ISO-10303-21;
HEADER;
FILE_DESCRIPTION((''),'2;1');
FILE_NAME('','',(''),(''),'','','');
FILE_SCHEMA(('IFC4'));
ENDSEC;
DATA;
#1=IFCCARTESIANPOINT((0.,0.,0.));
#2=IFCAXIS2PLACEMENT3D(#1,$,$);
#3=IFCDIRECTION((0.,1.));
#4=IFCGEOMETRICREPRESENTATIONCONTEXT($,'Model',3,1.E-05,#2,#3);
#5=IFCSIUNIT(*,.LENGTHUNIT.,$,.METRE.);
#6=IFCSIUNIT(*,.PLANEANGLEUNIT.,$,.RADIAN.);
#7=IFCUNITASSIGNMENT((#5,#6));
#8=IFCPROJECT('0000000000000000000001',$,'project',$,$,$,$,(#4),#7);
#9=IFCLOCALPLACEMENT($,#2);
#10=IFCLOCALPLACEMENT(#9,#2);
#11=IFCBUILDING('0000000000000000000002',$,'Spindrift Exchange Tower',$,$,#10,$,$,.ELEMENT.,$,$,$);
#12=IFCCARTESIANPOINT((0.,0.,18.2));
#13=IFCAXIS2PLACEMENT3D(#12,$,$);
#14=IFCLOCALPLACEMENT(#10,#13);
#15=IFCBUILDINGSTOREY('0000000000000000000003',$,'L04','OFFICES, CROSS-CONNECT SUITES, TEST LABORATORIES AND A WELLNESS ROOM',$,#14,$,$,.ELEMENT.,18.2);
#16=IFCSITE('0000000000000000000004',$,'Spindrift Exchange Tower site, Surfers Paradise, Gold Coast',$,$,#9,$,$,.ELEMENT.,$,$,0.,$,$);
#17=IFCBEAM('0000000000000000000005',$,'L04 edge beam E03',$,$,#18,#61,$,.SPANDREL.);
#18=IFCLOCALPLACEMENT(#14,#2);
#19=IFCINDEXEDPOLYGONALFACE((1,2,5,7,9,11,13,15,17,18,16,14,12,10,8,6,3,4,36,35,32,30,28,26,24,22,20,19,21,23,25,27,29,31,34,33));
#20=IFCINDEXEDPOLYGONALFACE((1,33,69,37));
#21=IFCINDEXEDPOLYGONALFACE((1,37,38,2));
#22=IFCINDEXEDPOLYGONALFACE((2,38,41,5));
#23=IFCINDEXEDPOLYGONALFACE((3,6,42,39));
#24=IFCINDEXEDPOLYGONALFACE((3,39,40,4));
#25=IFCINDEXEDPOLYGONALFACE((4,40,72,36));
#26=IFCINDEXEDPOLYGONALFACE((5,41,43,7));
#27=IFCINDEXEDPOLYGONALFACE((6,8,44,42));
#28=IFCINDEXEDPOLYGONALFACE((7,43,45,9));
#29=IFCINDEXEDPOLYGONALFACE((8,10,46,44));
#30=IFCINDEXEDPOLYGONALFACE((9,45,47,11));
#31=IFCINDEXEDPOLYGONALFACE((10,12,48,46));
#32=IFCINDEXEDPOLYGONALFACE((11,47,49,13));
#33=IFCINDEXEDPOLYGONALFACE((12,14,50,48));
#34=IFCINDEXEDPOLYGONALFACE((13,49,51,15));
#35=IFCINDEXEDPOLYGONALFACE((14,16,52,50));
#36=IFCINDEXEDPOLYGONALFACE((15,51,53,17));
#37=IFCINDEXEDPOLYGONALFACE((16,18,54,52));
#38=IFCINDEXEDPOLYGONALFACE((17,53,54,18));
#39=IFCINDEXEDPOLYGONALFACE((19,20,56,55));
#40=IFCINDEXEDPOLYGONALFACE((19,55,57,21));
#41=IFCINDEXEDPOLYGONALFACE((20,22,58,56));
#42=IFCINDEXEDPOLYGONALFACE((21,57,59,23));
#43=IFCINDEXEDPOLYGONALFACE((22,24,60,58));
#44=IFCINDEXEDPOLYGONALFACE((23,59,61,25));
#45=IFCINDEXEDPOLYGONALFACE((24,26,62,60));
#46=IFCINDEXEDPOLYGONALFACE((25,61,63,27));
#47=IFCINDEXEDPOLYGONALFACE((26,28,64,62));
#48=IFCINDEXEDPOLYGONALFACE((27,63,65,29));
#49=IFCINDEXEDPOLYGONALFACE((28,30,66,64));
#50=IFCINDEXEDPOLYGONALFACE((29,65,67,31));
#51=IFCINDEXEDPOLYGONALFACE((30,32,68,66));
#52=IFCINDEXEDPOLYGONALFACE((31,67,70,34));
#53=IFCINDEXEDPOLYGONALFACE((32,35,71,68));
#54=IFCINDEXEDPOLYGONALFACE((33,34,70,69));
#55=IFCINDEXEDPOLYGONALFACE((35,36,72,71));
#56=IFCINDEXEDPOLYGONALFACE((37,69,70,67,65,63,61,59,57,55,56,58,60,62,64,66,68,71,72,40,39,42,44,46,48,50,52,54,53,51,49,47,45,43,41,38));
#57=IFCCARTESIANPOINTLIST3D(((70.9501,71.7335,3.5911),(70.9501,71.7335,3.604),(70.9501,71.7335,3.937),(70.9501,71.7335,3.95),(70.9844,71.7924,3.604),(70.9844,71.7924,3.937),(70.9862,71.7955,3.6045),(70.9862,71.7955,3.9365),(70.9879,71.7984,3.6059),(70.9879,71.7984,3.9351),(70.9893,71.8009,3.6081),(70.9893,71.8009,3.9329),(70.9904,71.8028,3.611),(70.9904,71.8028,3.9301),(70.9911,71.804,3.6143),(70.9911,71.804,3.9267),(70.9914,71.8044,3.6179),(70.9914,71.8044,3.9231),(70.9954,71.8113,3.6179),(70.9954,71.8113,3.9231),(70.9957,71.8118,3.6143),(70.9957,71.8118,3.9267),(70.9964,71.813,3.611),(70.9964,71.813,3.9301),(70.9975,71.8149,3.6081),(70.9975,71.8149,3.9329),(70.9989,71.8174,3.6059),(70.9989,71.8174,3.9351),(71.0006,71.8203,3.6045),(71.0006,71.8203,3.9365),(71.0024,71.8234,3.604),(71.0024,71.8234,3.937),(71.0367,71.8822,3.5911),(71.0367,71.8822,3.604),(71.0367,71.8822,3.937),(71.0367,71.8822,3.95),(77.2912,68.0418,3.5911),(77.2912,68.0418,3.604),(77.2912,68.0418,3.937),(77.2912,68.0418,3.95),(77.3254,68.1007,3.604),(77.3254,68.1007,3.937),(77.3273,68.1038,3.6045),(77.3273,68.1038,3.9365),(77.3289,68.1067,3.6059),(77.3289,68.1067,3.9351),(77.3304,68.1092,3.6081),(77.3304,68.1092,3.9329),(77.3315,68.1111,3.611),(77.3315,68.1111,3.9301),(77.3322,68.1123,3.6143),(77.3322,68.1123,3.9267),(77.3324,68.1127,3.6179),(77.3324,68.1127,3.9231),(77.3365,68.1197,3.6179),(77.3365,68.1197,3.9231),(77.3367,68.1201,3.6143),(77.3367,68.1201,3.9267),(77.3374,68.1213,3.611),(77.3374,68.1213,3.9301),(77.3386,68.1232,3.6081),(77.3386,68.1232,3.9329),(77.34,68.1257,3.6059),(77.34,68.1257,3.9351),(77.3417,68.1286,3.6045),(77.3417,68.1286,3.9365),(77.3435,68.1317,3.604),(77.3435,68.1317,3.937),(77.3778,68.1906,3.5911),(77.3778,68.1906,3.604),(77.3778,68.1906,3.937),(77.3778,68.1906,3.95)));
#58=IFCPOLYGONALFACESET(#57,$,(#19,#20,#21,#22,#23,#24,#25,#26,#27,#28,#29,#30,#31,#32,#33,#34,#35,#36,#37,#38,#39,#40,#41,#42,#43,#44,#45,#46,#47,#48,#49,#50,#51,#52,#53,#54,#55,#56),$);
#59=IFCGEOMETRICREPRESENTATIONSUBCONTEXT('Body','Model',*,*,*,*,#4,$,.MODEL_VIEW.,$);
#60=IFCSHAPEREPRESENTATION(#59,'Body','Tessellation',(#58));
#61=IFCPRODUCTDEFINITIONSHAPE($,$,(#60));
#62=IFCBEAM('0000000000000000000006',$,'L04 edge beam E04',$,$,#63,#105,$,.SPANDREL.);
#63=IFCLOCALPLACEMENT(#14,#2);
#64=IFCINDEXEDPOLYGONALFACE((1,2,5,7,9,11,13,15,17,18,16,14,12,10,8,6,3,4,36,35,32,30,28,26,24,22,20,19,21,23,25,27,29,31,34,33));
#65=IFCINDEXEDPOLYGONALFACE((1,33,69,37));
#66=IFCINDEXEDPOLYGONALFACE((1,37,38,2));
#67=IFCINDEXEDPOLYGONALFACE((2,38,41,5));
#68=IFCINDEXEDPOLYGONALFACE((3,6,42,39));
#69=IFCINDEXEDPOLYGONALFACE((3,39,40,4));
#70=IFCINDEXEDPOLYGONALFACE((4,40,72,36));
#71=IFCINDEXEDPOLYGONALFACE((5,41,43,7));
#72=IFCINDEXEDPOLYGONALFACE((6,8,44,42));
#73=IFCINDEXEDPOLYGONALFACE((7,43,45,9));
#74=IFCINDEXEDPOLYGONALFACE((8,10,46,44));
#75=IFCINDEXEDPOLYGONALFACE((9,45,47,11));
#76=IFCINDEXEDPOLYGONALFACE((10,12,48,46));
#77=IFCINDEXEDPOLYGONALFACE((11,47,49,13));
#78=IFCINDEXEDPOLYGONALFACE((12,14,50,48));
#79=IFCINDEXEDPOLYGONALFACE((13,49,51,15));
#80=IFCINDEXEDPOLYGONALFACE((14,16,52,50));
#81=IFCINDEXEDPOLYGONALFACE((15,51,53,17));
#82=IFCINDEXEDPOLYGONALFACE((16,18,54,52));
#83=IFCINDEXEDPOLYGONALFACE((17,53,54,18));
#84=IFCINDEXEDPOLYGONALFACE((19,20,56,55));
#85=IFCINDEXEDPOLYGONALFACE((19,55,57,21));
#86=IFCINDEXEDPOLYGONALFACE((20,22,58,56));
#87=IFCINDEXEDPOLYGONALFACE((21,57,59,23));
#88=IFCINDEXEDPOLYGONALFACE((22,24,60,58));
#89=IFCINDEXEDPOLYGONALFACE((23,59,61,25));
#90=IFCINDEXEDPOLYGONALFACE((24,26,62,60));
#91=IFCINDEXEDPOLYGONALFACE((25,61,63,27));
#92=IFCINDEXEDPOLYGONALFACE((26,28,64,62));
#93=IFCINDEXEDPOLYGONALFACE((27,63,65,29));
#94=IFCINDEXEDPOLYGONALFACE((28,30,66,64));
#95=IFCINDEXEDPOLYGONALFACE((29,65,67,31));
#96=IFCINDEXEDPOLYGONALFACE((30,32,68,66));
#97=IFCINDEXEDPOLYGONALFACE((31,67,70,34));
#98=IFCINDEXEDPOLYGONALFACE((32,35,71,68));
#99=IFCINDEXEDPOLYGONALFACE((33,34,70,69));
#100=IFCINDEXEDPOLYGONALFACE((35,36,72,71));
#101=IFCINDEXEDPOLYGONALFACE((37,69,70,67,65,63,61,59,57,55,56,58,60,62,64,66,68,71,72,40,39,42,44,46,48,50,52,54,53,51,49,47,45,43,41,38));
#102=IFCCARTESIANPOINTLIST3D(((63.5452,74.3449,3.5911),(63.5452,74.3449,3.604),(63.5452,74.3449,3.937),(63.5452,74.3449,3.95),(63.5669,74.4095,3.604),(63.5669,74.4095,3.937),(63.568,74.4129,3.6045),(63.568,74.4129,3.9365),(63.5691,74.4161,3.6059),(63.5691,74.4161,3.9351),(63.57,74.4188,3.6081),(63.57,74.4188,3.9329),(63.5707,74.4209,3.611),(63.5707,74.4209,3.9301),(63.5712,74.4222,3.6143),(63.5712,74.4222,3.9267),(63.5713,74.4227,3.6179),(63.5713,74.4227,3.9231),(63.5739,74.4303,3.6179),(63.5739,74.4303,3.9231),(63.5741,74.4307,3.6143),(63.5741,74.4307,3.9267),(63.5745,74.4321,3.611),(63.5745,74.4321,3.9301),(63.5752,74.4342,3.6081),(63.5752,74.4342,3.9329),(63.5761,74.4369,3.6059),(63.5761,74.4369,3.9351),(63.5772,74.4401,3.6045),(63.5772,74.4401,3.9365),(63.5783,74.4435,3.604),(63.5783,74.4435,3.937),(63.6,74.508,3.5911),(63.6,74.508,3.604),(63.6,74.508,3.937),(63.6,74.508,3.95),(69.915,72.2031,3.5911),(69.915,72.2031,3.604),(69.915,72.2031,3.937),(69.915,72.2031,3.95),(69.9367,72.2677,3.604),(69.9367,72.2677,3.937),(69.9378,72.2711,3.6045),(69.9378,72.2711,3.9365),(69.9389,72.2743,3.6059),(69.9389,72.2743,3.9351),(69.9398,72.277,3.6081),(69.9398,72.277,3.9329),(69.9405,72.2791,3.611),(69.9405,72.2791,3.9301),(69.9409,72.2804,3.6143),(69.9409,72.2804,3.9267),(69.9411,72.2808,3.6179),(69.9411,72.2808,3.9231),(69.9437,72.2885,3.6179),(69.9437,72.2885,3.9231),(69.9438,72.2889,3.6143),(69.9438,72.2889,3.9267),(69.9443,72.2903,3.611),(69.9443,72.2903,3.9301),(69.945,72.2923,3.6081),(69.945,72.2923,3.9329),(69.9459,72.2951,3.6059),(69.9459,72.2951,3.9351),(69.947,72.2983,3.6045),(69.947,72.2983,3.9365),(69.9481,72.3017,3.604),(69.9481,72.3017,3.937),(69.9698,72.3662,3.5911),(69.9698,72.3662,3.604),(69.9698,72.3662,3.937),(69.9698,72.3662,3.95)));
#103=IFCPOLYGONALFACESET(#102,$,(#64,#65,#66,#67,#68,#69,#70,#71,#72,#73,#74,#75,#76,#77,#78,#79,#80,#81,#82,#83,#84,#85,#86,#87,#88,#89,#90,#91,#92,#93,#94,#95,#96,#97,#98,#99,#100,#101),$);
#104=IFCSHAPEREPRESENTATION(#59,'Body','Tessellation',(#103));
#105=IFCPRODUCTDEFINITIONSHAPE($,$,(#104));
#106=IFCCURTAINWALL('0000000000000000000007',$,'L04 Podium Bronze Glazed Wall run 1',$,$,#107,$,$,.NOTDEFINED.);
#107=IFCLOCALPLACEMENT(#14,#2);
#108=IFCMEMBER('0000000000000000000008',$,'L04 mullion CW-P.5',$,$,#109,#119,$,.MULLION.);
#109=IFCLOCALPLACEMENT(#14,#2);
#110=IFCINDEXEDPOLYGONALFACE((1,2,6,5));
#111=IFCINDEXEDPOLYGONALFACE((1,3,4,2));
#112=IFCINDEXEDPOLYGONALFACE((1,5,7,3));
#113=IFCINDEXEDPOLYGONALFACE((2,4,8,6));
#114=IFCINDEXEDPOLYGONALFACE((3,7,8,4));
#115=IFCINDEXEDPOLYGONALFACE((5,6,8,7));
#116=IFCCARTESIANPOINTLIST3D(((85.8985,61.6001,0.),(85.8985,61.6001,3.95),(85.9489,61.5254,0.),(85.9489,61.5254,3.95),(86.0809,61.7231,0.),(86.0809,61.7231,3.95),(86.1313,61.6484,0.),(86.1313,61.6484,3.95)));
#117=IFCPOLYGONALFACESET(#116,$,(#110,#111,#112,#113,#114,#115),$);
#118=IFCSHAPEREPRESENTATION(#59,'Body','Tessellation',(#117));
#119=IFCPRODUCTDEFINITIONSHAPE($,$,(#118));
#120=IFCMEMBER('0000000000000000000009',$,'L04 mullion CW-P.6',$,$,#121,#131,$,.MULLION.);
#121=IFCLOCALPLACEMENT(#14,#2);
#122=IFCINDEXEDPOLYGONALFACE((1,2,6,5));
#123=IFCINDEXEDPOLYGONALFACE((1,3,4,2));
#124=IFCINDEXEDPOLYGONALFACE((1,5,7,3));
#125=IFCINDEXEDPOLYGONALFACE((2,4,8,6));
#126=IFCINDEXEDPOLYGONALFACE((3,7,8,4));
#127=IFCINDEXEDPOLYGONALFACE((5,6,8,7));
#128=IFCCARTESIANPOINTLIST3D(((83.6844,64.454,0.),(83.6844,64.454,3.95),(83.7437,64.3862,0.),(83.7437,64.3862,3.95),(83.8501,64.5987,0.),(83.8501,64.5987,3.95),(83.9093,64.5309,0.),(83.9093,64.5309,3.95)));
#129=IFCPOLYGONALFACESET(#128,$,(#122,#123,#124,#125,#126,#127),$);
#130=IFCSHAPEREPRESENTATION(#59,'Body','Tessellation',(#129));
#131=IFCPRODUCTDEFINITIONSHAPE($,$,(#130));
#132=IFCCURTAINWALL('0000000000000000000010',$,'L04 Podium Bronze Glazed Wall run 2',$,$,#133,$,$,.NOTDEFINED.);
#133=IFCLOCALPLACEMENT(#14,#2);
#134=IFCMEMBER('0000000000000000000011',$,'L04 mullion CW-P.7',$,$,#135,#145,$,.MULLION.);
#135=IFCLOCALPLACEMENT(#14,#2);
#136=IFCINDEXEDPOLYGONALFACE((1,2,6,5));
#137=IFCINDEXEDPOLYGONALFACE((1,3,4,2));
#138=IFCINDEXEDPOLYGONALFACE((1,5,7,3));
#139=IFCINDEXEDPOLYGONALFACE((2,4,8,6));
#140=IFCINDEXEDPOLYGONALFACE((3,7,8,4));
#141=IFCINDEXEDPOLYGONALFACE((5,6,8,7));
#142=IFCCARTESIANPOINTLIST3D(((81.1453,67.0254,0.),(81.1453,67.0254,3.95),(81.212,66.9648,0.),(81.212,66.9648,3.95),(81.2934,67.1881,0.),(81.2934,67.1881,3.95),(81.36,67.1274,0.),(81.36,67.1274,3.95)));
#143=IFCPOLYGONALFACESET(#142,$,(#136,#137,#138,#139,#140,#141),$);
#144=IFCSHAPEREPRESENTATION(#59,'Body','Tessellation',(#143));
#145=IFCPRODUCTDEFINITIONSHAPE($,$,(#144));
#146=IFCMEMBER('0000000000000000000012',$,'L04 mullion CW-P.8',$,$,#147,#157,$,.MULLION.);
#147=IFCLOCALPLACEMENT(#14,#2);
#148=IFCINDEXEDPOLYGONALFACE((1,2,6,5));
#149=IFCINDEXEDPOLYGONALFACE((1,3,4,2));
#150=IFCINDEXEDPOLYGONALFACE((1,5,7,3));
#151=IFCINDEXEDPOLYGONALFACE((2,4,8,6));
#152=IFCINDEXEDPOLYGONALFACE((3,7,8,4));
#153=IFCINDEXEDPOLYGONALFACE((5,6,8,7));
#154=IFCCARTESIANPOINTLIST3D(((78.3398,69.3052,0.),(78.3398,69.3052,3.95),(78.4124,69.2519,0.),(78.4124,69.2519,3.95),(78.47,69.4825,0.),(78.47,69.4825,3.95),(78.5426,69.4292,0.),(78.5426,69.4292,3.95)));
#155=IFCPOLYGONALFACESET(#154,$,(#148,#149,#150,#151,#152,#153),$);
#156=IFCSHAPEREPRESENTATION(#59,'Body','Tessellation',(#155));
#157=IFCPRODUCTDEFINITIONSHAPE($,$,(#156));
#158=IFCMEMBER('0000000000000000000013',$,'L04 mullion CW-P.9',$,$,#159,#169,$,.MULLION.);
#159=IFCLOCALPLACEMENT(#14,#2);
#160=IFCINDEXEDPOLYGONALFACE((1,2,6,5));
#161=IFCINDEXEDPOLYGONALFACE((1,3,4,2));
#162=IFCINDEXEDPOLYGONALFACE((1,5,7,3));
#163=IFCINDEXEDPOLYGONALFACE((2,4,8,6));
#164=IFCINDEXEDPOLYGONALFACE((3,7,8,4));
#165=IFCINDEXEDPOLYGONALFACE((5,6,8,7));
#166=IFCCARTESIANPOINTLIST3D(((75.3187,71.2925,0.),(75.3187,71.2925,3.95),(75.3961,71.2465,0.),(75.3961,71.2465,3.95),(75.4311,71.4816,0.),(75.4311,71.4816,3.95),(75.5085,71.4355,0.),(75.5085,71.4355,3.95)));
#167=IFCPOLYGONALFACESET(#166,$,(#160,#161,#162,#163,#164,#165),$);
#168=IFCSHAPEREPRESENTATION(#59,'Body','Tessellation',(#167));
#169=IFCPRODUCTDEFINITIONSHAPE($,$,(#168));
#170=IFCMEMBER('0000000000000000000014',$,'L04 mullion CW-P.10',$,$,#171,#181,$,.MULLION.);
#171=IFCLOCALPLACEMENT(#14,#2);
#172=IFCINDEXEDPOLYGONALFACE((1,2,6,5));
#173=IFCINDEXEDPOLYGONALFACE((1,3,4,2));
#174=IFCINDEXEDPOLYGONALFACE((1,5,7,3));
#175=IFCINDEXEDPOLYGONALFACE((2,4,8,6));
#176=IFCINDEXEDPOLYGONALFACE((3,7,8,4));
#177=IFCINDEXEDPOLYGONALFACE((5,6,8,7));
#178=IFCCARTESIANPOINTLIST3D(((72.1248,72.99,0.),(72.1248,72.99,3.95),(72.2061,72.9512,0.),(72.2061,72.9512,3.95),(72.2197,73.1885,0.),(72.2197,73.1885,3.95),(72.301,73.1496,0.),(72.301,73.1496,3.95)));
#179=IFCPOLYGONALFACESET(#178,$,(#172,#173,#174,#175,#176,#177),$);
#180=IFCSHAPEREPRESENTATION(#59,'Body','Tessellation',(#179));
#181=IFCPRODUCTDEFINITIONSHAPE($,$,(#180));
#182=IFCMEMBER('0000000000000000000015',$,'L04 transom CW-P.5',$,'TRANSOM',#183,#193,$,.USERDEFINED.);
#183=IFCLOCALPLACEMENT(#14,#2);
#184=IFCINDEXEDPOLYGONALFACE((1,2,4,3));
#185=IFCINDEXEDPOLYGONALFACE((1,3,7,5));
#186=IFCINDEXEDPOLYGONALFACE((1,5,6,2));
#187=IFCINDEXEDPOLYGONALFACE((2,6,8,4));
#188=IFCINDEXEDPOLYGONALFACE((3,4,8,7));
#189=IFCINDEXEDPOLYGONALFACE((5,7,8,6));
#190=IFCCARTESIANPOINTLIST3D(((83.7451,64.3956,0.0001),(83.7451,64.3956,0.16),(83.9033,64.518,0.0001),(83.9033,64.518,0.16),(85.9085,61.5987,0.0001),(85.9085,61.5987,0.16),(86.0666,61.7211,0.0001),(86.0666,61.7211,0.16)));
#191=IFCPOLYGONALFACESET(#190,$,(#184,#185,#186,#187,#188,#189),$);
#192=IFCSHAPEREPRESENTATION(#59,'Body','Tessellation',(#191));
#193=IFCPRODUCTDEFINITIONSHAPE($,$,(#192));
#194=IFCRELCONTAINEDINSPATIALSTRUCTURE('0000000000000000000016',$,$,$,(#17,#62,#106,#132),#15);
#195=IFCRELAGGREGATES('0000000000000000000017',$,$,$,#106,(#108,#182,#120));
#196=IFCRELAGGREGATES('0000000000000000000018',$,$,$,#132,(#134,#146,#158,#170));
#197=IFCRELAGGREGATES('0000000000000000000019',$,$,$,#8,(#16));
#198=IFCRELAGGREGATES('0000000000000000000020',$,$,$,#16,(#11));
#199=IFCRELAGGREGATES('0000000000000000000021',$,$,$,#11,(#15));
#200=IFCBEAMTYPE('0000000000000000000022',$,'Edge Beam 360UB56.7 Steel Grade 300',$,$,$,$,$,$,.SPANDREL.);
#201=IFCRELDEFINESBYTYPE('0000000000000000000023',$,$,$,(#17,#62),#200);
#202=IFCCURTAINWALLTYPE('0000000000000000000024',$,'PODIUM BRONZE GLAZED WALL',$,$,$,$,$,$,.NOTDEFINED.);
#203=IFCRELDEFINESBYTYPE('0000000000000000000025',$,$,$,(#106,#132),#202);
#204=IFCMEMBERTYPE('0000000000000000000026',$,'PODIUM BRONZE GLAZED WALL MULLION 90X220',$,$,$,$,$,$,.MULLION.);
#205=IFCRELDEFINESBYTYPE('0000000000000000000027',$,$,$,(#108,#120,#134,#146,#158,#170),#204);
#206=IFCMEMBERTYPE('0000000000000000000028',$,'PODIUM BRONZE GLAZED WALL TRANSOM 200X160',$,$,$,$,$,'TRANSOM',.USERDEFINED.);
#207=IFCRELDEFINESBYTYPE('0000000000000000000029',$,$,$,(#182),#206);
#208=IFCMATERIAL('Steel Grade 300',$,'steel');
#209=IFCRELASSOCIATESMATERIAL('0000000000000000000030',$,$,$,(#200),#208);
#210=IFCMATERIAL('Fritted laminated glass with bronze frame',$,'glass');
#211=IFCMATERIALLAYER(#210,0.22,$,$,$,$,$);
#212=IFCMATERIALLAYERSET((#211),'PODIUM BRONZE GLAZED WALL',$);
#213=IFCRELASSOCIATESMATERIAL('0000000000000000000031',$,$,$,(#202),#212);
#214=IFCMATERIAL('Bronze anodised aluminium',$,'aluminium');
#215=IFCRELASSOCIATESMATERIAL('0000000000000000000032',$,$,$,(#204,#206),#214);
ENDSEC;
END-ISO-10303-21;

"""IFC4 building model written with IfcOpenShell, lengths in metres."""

from ifc_helpers import new_model, si_unit, direction, frame, origin, origin_2d, place, context, subcontext, project, spatial, rectangle, i_section, extrude, source, transform, mapped, material, layer, layer_set, material_profile, profile_set, type_object, element, aggregate, save


model = new_model("IFC4")

# Units and contexts
model_context = context("Model", 3, precision=1e-05, world=origin(), true_north=direction((0.0, 1.0)))
body_context = subcontext(model_context, "Body", "Model", "MODEL_VIEW")
ifc_project = project(units=[si_unit("LENGTHUNIT", "METRE"), si_unit("PLANEANGLEUNIT", "RADIAN")], contexts=[model_context])

# Site, building, storey
site_placement = place(None, origin())
site = spatial("IfcSite", under=ifc_project, at=site_placement, Name="Spindrift Exchange Tower site, Surfers Paradise, Gold Coast", CompositionType="ELEMENT", RefElevation=0.0)
building_placement = place(site_placement, origin())
building = spatial("IfcBuilding", under=site, at=building_placement, Name="Spindrift Exchange Tower", CompositionType="ELEMENT")
storey_placement = place(building_placement, frame((0.0, 0.0, 18.2)))
storey = spatial("IfcBuildingStorey", under=building, at=storey_placement, Name="L04", Description="OFFICES, CROSS-CONNECT SUITES, TEST LABORATORIES AND A WELLNESS ROOM", CompositionType="ELEMENT", Elevation=18.2)

# Beams
ifc_material_1 = material(Name="Steel Grade 300", Category="steel")
ifc_material_profile_1 = material_profile(ifc_material_1, i_section(OverallWidth=0.1721, OverallDepth=0.3589, WebThickness=0.0081, FlangeThickness=0.0129, FilletRadius=0.0139, at=origin_2d()), Name="360UB56.7")
ifc_profile_set_1 = profile_set([ifc_material_profile_1], Name="Steel Grade 300")
beam_type_1 = type_object("IfcBeamType", Name="Edge Beam 360UB56.7 Steel Grade 300", PredefinedType="SPANDREL", material=ifc_profile_set_1)
shared_shape_1 = source(origin(), body_context, "Body", "SweptSolid", [
    extrude(i_section(OverallWidth=0.1721, OverallDepth=0.3589, WebThickness=0.0081, FlangeThickness=0.0129, FilletRadius=0.0139, at=origin_2d()), origin(), (0.0, 0.0, 1.0), 7.3374),
])
beam_1_placement = place(storey_placement, frame((77.3345, 68.1162, 3.7705), z_axis=(-0.864212, 0.503128, 0.0), x_axis=(-0.503128, -0.864212, 0.0)))
element("IfcBeam", 1, at=beam_1_placement, inside=storey, type_object=beam_type_1, Name="L04 edge beam E03", PredefinedType="SPANDREL", context=body_context, shape_type="MappedRepresentation", body=[
    mapped(shared_shape_1, transform((0.0, 0.0, 0.0), scale=1.0)),
])
shared_shape_2 = source(origin(), body_context, "Body", "SweptSolid", [
    extrude(i_section(OverallWidth=0.1721, OverallDepth=0.3589, WebThickness=0.0081, FlangeThickness=0.0129, FilletRadius=0.0139, at=origin_2d()), origin(), (0.0, 0.0, 1.0), 6.7202),
])
beam_2_placement = place(storey_placement, frame((69.9424, 72.2847, 3.7705), z_axis=(-0.947852, 0.318712, 0.0), x_axis=(-0.318712, -0.947852, 0.0)))
element("IfcBeam", 2, at=beam_2_placement, inside=storey, type_object=beam_type_1, Name="L04 edge beam E04", PredefinedType="SPANDREL", context=body_context, shape_type="MappedRepresentation", body=[
    mapped(shared_shape_2, transform((0.0, 0.0, 0.0), scale=1.0)),
])

# Curtain walls, members
ifc_material_2 = material(Name="Fritted laminated glass with bronze frame", Category="glass")
ifc_layer_1 = layer(ifc_material_2, 0.22)
ifc_layer_set_1 = layer_set([ifc_layer_1], Name="PODIUM BRONZE GLAZED WALL")
curtain_wall_type = type_object("IfcCurtainWallType", Name="PODIUM BRONZE GLAZED WALL", PredefinedType="NOTDEFINED", material=ifc_layer_set_1)
curtain_wall_1_placement = place(storey_placement, origin())
curtain_wall_1 = element("IfcCurtainWall", 3, at=curtain_wall_1_placement, inside=storey, type_object=curtain_wall_type, Name="L04 Podium Bronze Glazed Wall run 1", PredefinedType="NOTDEFINED")
ifc_material_3 = material(Name="Bronze anodised aluminium", Category="aluminium")
ifc_material_profile_2 = material_profile(ifc_material_3, rectangle(XDim=0.0901, YDim=0.22, at=origin_2d()), Name="PODIUM BRONZE GLAZED WALL MULLION 90X220")
ifc_profile_set_2 = profile_set([ifc_material_profile_2], Name="Bronze anodised aluminium")
member_type_1 = type_object("IfcMemberType", Name="PODIUM BRONZE GLAZED WALL MULLION 90X220", PredefinedType="MULLION", material=ifc_profile_set_2)
shared_shape_3 = source(origin(), body_context, "Body", "SweptSolid", [
    extrude(rectangle(XDim=0.0901, YDim=0.22, at=origin_2d()), origin(), (0.0, 0.0, 1.0), 3.95),
])
member_1_placement = place(storey_placement, frame((86.0149, 61.6243, 0.0), z_axis=(0.0, 0.0, 1.0), x_axis=(-0.559039, 0.829141, 0.0)))
member_1 = element("IfcMember", 4, at=member_1_placement, type_object=member_type_1, Name="L04 mullion CW-P.5", PredefinedType="MULLION", context=body_context, shape_type="MappedRepresentation", body=[
    mapped(shared_shape_3, transform((0.0, 0.0, 0.0), scale=1.0)),
])
member_2_placement = place(storey_placement, frame((83.7969, 64.4924, 0.0), z_axis=(0.0, 0.0, 1.0), x_axis=(-0.657862, 0.753139, 0.0)))
member_2 = element("IfcMember", 5, at=member_2_placement, type_object=member_type_1, Name="L04 mullion CW-P.6", PredefinedType="MULLION", context=body_context, shape_type="MappedRepresentation", body=[
    mapped(shared_shape_3, transform((0.0, 0.0, 0.0), scale=1.0)),
])
curtain_wall_2_placement = place(storey_placement, origin())
curtain_wall_2 = element("IfcCurtainWall", 6, at=curtain_wall_2_placement, inside=storey, type_object=curtain_wall_type, Name="L04 Podium Bronze Glazed Wall run 2", PredefinedType="NOTDEFINED")
member_3_placement = place(storey_placement, frame((81.2527, 67.0764, 0.0), z_axis=(0.0, 0.0, 1.0), x_axis=(-0.739528, 0.673126, 0.0)))
member_3 = element("IfcMember", 7, at=member_3_placement, type_object=member_type_1, Name="L04 mullion CW-P.7", PredefinedType="MULLION", context=body_context, shape_type="MappedRepresentation", body=[
    mapped(shared_shape_3, transform((0.0, 0.0, 0.0), scale=1.0)),
])
member_4_placement = place(storey_placement, frame((78.4412, 69.3672, 0.0), z_axis=(0.0, 0.0, 1.0), x_axis=(-0.806035, 0.591868, 0.0)))
member_4 = element("IfcMember", 8, at=member_4_placement, type_object=member_type_1, Name="L04 mullion CW-P.8", PredefinedType="MULLION", context=body_context, shape_type="MappedRepresentation", body=[
    mapped(shared_shape_3, transform((0.0, 0.0, 0.0), scale=1.0)),
])
member_5_placement = place(storey_placement, frame((75.4136, 71.364, 0.0), z_axis=(0.0, 0.0, 1.0), x_axis=(-0.859577, 0.511007, 0.0)))
member_5 = element("IfcMember", 9, at=member_5_placement, type_object=member_type_1, Name="L04 mullion CW-P.9", PredefinedType="MULLION", context=body_context, shape_type="MappedRepresentation", body=[
    mapped(shared_shape_3, transform((0.0, 0.0, 0.0), scale=1.0)),
])
member_6_placement = place(storey_placement, frame((72.2129, 73.0698, 0.0), z_axis=(0.0, 0.0, 1.0), x_axis=(-0.902161, 0.431399, 0.0)))
member_6 = element("IfcMember", 10, at=member_6_placement, type_object=member_type_1, Name="L04 mullion CW-P.10", PredefinedType="MULLION", context=body_context, shape_type="MappedRepresentation", body=[
    mapped(shared_shape_3, transform((0.0, 0.0, 0.0), scale=1.0)),
])

# Member
ifc_material_profile_3 = material_profile(ifc_material_3, rectangle(XDim=0.2, YDim=0.1599, at=origin_2d()), Name="PODIUM BRONZE GLAZED WALL TRANSOM 200X160")
ifc_profile_set_3 = profile_set([ifc_material_profile_3], Name="Bronze anodised aluminium")
member_type_2 = type_object("IfcMemberType", Name="PODIUM BRONZE GLAZED WALL TRANSOM 200X160", ElementType="TRANSOM", PredefinedType="USERDEFINED", material=ifc_profile_set_3)
shared_shape_4 = source(origin(), body_context, "Body", "SweptSolid", [
    extrude(rectangle(XDim=0.2, YDim=0.1599, at=origin_2d()), origin(), (0.0, 0.0, 1.0), 3.5359),
])
member_7_placement = place(storey_placement, frame((85.9875, 61.6599, 0.0801), z_axis=(-0.611821, 0.790996, 0.0), x_axis=(-0.790996, -0.611821, 0.0)))
member_7 = element("IfcMember", 11, at=member_7_placement, type_object=member_type_2, Name="L04 transom CW-P.5", ObjectType="TRANSOM", PredefinedType="USERDEFINED", context=body_context, shape_type="MappedRepresentation", body=[
    mapped(shared_shape_4, transform((0.0, 0.0, 0.0), scale=1.0)),
])

aggregate(curtain_wall_1, [member_1, member_7, member_2])
aggregate(curtain_wall_2, [member_3, member_4, member_5, member_6])

save(model, "model.ifc")
